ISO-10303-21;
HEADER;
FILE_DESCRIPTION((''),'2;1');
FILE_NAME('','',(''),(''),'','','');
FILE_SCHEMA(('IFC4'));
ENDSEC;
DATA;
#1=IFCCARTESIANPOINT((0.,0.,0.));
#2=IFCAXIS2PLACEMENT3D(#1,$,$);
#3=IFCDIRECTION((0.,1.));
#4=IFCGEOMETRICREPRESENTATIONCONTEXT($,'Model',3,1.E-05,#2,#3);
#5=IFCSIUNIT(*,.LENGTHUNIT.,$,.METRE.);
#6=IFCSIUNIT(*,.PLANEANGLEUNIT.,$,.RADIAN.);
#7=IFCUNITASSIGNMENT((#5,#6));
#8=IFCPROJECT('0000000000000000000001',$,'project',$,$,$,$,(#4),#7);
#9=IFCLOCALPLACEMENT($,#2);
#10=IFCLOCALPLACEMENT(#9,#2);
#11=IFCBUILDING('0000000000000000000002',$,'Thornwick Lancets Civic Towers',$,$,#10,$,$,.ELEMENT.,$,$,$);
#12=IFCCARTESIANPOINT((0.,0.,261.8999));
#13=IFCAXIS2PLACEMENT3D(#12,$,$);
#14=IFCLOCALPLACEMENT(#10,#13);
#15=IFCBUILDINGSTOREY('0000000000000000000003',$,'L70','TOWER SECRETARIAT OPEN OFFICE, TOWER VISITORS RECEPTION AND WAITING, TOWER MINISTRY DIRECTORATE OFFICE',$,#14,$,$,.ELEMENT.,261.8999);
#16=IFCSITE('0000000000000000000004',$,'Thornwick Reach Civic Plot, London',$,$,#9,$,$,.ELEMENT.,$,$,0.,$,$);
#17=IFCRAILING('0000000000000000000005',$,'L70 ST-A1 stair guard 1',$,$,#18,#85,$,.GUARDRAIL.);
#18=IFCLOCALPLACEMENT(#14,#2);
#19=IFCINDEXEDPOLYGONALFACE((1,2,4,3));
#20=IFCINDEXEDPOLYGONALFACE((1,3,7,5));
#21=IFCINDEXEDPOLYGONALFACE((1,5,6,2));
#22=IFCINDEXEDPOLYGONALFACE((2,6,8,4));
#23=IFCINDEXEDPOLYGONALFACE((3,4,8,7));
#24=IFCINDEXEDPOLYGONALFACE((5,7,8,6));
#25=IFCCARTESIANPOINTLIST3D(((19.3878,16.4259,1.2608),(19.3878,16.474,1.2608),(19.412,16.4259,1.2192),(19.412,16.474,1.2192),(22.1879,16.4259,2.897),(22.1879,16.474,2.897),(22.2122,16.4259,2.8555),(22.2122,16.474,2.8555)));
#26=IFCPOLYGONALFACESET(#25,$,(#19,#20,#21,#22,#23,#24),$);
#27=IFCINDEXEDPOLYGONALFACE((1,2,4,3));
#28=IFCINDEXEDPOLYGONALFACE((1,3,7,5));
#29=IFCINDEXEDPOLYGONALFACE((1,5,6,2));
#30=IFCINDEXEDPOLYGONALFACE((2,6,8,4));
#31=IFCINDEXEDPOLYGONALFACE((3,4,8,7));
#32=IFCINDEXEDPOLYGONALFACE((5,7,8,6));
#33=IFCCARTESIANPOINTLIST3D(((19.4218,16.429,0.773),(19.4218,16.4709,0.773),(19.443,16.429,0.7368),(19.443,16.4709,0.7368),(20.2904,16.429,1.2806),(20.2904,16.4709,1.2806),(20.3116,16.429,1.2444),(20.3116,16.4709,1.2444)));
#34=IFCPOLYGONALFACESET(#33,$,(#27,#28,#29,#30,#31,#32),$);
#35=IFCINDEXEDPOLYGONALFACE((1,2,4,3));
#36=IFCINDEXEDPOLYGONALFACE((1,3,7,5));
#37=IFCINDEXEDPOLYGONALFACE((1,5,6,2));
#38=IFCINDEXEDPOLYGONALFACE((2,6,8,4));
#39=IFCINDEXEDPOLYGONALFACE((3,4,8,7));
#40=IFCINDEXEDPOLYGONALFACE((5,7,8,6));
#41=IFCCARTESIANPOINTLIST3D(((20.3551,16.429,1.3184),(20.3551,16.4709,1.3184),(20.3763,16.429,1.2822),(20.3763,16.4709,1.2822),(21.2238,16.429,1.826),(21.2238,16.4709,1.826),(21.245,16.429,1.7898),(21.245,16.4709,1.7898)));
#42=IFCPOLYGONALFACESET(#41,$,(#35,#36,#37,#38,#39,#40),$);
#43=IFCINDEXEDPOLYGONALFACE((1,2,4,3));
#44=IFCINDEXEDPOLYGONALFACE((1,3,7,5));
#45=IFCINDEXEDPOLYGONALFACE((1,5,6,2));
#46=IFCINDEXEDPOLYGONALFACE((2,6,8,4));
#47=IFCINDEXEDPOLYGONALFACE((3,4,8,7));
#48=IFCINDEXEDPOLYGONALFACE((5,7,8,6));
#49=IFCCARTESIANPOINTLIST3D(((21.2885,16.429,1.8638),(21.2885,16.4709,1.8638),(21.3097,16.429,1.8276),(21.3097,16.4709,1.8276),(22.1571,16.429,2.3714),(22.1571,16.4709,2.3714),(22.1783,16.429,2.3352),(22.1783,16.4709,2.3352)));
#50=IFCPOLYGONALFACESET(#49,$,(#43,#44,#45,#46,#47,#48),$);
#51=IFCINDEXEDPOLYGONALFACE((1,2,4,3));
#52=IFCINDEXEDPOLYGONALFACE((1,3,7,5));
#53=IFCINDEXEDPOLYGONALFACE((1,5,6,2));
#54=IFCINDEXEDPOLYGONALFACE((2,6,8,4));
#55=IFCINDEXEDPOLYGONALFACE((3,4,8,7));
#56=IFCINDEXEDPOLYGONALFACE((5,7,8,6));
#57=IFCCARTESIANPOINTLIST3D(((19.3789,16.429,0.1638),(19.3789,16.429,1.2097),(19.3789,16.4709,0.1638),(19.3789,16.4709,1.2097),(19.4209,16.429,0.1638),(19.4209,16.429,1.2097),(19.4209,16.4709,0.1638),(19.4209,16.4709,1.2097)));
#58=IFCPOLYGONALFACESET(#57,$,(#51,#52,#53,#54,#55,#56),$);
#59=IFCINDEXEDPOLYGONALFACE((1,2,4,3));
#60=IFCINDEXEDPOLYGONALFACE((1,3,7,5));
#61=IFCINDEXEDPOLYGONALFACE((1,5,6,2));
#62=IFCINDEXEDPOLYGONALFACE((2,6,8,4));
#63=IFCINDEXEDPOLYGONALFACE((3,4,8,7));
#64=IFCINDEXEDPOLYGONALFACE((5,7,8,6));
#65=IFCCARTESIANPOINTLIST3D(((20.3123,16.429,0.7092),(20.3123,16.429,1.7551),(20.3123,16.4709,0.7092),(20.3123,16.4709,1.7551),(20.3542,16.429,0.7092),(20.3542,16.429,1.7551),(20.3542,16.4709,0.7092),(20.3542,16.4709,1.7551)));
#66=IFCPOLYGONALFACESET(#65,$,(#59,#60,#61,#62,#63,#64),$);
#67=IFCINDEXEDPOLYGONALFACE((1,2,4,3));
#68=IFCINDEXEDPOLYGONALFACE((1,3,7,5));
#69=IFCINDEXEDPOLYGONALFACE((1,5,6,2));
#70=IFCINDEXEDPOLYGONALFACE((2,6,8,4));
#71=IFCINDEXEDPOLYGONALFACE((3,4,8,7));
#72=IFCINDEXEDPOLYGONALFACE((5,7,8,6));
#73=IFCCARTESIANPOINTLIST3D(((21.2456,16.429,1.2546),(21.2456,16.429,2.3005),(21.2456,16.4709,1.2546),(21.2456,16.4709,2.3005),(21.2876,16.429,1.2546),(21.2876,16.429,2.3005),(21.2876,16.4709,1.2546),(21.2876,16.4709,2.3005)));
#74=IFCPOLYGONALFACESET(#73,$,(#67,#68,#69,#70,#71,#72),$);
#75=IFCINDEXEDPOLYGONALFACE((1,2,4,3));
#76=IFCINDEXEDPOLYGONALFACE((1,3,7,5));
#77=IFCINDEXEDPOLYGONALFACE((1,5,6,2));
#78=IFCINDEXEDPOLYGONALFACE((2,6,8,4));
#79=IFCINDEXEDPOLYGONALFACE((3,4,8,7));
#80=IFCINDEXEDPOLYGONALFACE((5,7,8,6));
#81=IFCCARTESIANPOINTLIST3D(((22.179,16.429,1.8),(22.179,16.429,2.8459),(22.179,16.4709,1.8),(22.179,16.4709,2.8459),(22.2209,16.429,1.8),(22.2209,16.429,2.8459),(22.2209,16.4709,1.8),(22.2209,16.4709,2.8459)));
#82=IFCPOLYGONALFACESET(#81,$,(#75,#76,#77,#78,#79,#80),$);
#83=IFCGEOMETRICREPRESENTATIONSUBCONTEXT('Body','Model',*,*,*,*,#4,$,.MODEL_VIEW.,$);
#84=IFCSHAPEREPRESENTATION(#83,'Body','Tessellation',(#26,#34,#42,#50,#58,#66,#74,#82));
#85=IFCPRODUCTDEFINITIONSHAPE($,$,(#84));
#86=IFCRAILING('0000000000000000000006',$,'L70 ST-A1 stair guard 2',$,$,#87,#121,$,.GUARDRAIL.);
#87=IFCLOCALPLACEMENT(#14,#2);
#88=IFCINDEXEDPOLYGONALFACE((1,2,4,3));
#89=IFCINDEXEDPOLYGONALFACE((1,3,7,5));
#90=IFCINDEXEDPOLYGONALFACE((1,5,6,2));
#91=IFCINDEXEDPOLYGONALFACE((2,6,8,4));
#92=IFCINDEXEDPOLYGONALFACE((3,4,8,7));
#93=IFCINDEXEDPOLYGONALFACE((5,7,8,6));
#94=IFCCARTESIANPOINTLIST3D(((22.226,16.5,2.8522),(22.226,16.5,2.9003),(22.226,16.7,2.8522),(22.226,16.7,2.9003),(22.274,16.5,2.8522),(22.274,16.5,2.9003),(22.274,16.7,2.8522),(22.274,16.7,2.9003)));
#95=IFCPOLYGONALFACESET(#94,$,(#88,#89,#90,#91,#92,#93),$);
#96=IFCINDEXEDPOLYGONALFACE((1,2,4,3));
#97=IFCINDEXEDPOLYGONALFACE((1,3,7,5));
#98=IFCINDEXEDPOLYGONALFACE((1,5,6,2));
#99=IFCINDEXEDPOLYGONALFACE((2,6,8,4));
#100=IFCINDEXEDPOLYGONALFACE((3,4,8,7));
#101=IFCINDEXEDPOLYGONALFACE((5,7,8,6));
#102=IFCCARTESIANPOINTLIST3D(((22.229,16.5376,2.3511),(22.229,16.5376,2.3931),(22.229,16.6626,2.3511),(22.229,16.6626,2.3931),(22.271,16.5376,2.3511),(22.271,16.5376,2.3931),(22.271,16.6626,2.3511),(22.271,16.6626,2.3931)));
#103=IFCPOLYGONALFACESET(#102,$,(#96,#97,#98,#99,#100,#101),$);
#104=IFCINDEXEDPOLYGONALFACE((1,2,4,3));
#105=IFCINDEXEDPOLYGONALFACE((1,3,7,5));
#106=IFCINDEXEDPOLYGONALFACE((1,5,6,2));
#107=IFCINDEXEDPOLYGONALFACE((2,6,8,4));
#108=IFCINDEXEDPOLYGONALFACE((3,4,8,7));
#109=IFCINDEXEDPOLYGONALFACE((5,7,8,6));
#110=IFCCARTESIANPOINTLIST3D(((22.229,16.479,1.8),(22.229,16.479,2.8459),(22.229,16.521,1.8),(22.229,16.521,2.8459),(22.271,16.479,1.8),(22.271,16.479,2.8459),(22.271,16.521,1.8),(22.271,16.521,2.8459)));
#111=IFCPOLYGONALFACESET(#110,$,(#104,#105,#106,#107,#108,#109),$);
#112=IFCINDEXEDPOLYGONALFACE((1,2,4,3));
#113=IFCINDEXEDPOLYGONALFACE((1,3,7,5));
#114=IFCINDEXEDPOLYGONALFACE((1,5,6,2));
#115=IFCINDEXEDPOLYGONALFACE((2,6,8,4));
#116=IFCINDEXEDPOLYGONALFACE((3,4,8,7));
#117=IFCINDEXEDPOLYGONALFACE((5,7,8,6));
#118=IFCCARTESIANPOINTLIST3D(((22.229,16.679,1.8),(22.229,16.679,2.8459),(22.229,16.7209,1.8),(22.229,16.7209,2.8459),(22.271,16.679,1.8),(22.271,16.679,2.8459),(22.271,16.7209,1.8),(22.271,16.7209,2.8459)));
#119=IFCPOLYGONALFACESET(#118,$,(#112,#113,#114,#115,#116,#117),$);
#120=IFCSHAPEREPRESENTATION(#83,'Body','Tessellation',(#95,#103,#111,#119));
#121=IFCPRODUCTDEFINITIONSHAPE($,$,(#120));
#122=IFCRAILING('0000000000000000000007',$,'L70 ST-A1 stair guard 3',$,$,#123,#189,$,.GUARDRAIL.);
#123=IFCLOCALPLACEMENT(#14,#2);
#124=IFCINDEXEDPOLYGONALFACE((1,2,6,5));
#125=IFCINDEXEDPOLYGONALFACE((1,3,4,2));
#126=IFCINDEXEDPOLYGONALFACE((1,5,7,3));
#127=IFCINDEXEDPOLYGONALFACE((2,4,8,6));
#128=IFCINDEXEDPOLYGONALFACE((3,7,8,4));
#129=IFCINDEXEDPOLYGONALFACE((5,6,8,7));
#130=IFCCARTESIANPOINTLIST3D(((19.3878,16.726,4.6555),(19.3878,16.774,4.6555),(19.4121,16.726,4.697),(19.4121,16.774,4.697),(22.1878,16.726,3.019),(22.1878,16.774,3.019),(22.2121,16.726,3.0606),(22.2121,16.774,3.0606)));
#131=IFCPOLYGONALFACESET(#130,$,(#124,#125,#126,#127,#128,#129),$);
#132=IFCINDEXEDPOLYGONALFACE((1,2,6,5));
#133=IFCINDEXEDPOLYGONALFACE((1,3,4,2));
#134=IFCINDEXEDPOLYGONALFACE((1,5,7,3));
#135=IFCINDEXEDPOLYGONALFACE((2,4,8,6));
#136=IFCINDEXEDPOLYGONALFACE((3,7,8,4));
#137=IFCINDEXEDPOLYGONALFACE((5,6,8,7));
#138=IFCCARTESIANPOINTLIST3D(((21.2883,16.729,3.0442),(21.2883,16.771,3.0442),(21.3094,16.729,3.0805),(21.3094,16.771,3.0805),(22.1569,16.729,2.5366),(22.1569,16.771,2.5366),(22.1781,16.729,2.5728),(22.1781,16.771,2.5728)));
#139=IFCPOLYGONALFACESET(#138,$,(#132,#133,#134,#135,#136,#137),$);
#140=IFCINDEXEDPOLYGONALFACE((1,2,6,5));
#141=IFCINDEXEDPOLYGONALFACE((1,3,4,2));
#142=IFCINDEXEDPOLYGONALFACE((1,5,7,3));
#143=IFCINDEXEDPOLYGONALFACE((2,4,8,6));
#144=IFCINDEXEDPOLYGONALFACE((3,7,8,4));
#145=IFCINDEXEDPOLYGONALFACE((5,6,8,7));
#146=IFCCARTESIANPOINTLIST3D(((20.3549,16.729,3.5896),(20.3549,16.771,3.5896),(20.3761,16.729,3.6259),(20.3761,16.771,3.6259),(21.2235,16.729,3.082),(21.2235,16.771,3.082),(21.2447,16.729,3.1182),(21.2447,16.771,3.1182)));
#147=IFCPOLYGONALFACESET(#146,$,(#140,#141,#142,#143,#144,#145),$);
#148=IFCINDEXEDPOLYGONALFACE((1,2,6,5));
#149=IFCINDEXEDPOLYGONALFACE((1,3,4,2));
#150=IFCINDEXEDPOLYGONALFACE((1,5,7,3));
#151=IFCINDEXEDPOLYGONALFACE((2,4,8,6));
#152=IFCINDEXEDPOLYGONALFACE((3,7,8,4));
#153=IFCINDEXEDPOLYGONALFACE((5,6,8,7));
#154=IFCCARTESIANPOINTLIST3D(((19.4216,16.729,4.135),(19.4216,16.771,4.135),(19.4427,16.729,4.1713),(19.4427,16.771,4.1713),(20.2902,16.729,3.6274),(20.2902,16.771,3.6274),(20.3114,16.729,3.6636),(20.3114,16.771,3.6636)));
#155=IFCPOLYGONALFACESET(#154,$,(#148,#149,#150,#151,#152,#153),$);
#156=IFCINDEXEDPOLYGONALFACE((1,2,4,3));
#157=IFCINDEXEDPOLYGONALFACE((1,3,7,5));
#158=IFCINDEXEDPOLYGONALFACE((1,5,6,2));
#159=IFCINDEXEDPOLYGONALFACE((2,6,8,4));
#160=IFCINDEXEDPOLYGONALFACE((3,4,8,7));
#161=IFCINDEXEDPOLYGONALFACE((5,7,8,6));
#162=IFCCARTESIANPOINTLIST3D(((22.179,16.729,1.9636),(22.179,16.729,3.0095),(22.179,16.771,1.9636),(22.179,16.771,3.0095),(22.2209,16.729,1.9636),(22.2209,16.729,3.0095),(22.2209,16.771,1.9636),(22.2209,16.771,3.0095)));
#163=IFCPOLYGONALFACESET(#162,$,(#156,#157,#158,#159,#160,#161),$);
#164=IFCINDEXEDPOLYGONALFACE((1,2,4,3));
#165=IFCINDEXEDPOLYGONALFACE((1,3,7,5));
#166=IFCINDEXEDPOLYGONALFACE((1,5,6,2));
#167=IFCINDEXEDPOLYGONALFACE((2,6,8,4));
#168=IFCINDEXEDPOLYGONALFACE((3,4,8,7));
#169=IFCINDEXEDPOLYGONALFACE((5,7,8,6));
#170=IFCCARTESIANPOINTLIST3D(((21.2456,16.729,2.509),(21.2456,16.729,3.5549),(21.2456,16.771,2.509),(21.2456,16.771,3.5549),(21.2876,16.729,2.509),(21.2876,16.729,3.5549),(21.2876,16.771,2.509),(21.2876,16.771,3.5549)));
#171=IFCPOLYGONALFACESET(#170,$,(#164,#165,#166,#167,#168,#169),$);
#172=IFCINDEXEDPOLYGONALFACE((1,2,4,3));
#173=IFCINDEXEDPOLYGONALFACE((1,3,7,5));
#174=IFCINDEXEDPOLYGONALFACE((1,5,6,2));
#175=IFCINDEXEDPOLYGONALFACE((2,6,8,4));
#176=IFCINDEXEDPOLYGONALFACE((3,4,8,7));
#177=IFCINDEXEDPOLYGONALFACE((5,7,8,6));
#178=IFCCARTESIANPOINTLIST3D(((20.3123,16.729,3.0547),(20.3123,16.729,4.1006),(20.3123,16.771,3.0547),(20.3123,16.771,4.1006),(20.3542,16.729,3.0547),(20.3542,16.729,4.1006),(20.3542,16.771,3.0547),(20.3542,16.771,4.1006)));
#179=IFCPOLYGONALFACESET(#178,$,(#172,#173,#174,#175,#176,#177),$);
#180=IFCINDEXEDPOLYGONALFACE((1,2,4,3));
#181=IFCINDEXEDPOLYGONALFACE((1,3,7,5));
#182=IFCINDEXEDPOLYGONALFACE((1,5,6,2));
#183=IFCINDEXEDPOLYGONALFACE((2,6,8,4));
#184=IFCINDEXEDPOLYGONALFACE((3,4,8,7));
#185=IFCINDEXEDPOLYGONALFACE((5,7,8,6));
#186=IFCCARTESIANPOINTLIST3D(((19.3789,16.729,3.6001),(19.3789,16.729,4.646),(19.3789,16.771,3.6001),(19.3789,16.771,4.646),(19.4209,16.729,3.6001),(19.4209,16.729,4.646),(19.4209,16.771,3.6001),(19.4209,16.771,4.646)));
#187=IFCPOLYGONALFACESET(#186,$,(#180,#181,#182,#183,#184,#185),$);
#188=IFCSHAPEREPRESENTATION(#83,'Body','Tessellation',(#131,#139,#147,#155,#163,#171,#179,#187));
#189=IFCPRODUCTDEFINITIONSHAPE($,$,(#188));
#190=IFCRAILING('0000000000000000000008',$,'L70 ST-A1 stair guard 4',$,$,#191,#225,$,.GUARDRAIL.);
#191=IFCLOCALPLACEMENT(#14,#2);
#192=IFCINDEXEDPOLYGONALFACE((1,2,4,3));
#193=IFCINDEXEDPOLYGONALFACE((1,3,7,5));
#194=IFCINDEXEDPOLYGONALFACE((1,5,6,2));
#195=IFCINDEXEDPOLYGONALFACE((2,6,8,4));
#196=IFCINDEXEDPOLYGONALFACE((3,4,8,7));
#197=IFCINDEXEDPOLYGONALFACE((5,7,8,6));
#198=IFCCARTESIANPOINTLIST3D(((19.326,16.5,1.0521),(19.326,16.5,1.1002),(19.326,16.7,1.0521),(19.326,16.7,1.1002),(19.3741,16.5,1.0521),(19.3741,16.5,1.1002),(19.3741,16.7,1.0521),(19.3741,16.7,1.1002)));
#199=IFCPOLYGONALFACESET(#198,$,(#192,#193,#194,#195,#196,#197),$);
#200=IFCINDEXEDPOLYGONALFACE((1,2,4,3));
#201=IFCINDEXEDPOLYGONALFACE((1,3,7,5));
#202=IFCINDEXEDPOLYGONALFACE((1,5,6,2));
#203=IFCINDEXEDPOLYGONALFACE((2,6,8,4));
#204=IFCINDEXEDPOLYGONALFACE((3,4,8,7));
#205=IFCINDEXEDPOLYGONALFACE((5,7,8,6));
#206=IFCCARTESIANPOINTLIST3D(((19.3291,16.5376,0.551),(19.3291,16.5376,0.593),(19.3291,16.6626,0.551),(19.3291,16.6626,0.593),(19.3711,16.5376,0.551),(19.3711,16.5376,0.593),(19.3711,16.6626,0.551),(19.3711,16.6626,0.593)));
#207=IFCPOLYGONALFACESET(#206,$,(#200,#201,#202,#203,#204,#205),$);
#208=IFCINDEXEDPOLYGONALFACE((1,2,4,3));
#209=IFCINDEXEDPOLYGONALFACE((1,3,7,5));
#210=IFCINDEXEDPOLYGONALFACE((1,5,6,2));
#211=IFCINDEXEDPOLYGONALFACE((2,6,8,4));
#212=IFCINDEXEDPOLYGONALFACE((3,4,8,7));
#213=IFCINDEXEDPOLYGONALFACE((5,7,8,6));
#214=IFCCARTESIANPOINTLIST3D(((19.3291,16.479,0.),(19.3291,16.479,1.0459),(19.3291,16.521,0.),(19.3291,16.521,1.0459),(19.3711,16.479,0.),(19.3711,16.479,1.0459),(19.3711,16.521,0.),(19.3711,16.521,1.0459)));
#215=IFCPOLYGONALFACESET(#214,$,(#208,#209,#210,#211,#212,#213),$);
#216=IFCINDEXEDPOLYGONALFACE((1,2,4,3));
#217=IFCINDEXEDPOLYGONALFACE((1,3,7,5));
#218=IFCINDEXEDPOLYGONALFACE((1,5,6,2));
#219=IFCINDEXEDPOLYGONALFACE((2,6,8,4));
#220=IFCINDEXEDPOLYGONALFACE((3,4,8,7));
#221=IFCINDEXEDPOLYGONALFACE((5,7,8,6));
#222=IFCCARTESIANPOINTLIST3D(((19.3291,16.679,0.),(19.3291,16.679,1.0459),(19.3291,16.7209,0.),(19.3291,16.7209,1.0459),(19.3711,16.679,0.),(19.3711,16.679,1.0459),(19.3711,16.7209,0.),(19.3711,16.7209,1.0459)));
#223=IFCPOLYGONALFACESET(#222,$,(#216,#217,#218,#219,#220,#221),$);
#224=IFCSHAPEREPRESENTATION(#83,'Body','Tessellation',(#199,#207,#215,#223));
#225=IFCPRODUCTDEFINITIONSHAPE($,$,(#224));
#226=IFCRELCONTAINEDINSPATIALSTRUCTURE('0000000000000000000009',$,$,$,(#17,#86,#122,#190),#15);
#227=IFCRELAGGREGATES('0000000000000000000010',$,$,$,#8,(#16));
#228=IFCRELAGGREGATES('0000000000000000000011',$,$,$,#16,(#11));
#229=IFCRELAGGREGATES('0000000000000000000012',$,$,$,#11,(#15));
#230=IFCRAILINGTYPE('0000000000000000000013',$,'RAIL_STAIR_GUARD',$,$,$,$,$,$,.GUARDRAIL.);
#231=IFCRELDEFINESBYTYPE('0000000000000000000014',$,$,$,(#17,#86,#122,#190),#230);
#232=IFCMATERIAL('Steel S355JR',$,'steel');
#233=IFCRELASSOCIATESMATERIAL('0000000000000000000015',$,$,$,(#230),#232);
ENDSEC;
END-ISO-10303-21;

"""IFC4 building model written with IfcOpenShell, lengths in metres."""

from ifc_helpers import new_model, si_unit, direction, frame, origin, origin_2d, place, context, subcontext, project, spatial, rectangle, extrude, material, type_object, element, save


model = new_model("IFC4")

# Units and contexts
model_context = context("Model", 3, precision=1e-05, world=origin(), true_north=direction((0.0, 1.0)))
body_context = subcontext(model_context, "Body", "Model", "MODEL_VIEW")
ifc_project = project(units=[si_unit("LENGTHUNIT", "METRE"), si_unit("PLANEANGLEUNIT", "RADIAN")], contexts=[model_context])

# Site, building, storey
site_placement = place(None, origin())
site = spatial("IfcSite", under=ifc_project, at=site_placement, Name="Thornwick Reach Civic Plot, London", CompositionType="ELEMENT", RefElevation=0.0)
building_placement = place(site_placement, origin())
building = spatial("IfcBuilding", under=site, at=building_placement, Name="Thornwick Lancets Civic Towers", CompositionType="ELEMENT")
storey_placement = place(building_placement, frame((0.0, 0.0, 261.8999)))
storey = spatial("IfcBuildingStorey", under=building, at=storey_placement, Name="L70", Description="TOWER SECRETARIAT OPEN OFFICE, TOWER VISITORS RECEPTION AND WAITING, TOWER MINISTRY DIRECTORATE OFFICE", CompositionType="ELEMENT", Elevation=261.8999)

# Shared definitions
ifc_material_1 = material(Name="Steel S355JR", Category="steel")

# Railings
railing_type_1 = type_object("IfcRailingType", Name="RAIL_STAIR_GUARD", PredefinedType="GUARDRAIL", material=ifc_material_1)
railing_1_placement = place(storey_placement, frame((19.3999, 16.45, 0.1638)))
element("IfcRailing", 1, at=railing_1_placement, inside=storey, type_object=railing_type_1, Name="L70 ST-A1 stair guard 1", PredefinedType="GUARDRAIL", context=body_context, shape_type="SweptSolid", body=[
    extrude(rectangle(XDim=0.0481, YDim=0.0481, at=origin_2d()), frame((0.0, 0.0, 1.0762), z_axis=(0.863394, 0.0, 0.504531), x_axis=(0.0, 1.0, 0.0)), (0.0, 0.0, 1.0), 3.2432),
    extrude(rectangle(XDim=0.042, YDim=0.042, at=origin_2d()), frame((0.0325, 0.0, 0.5911), z_axis=(0.863394, 0.0, 0.504531), x_axis=(0.0, 1.0, 0.0)), (0.0, 0.0, 1.0), 1.0061),
    extrude(rectangle(XDim=0.042, YDim=0.042, at=origin_2d()), frame((0.9658, 0.0, 1.1365), z_axis=(0.863394, 0.0, 0.504531), x_axis=(0.0, 1.0, 0.0)), (0.0, 0.0, 1.0), 1.0061),
    extrude(rectangle(XDim=0.042, YDim=0.042, at=origin_2d()), frame((1.8992, 0.0, 1.6819), z_axis=(0.863394, 0.0, 0.504531), x_axis=(0.0, 1.0, 0.0)), (0.0, 0.0, 1.0), 1.0061),
    extrude(rectangle(XDim=0.042, YDim=0.042, at=origin_2d()), origin(), (0.0, 0.0, 1.0), 1.0459),
    extrude(rectangle(XDim=0.042, YDim=0.042, at=origin_2d()), frame((0.9333, 0.0, 0.5454)), (0.0, 0.0, 1.0), 1.0459),
    extrude(rectangle(XDim=0.042, YDim=0.042, at=origin_2d()), frame((1.8667, 0.0, 1.0908)), (0.0, 0.0, 1.0), 1.0459),
    extrude(rectangle(XDim=0.042, YDim=0.042, at=origin_2d()), frame((2.8, 0.0, 1.6362)), (0.0, 0.0, 1.0), 1.0459),
])
railing_2_placement = place(storey_placement, frame((22.25, 16.5, 1.8)))
element("IfcRailing", 2, at=railing_2_placement, inside=storey, type_object=railing_type_1, Name="L70 ST-A1 stair guard 2", PredefinedType="GUARDRAIL", context=body_context, shape_type="SweptSolid", body=[
    extrude(rectangle(XDim=0.0481, YDim=0.0481, at=origin_2d()), frame((0.0, 0.0, 1.0762), z_axis=(0.0, 1.0, 0.0), x_axis=(-1.0, 0.0, 0.0)), (0.0, 0.0, 1.0), 0.2),
    extrude(rectangle(XDim=0.042, YDim=0.042, at=origin_2d()), frame((0.0, 0.0376, 0.572), z_axis=(0.0, 1.0, 0.0), x_axis=(-1.0, 0.0, 0.0)), (0.0, 0.0, 1.0), 0.125),
    extrude(rectangle(XDim=0.042, YDim=0.042, at=origin_2d()), origin(), (0.0, 0.0, 1.0), 1.0459),
    extrude(rectangle(XDim=0.042, YDim=0.042, at=origin_2d()), frame((0.0, 0.2, 0.0)), (0.0, 0.0, 1.0), 1.0459),
])
railing_3_placement = place(storey_placement, frame((22.2, 16.75, 1.9636)))
element("IfcRailing", 3, at=railing_3_placement, inside=storey, type_object=railing_type_1, Name="L70 ST-A1 stair guard 3", PredefinedType="GUARDRAIL", context=body_context, shape_type="SweptSolid", body=[
    extrude(rectangle(XDim=0.0481, YDim=0.0481, at=origin_2d()), frame((0.0, 0.0, 1.0762), z_axis=(-0.863361, 0.0, 0.504587), x_axis=(0.0, -1.0, 0.0)), (0.0, 0.0, 1.0), 3.2432),
    extrude(rectangle(XDim=0.042, YDim=0.042, at=origin_2d()), frame((-0.0325, 0.0, 0.5911), z_axis=(-0.863361, 0.0, 0.504587), x_axis=(0.0, -1.0, 0.0)), (0.0, 0.0, 1.0), 1.0061),
    extrude(rectangle(XDim=0.042, YDim=0.042, at=origin_2d()), frame((-0.9658, 0.0, 1.1365), z_axis=(-0.863361, 0.0, 0.504587), x_axis=(0.0, -1.0, 0.0)), (0.0, 0.0, 1.0), 1.0061),
    extrude(rectangle(XDim=0.042, YDim=0.042, at=origin_2d()), frame((-1.8992, 0.0, 1.6819), z_axis=(-0.863361, 0.0, 0.504587), x_axis=(0.0, -1.0, 0.0)), (0.0, 0.0, 1.0), 1.0061),
    extrude(rectangle(XDim=0.042, YDim=0.042, at=origin_2d()), origin(), (0.0, 0.0, 1.0), 1.0459),
    extrude(rectangle(XDim=0.042, YDim=0.042, at=origin_2d()), frame((-0.9333, 0.0, 0.5454)), (0.0, 0.0, 1.0), 1.0459),
    extrude(rectangle(XDim=0.042, YDim=0.042, at=origin_2d()), frame((-1.8667, 0.0, 1.0911)), (0.0, 0.0, 1.0), 1.0459),
    extrude(rectangle(XDim=0.042, YDim=0.042, at=origin_2d()), frame((-2.8, 0.0, 1.6365)), (0.0, 0.0, 1.0), 1.0459),
])
railing_4_placement = place(storey_placement, frame((19.3501, 16.5, 0.0)))
element("IfcRailing", 4, at=railing_4_placement, inside=storey, type_object=railing_type_1, Name="L70 ST-A1 stair guard 4", PredefinedType="GUARDRAIL", context=body_context, shape_type="SweptSolid", body=[
    extrude(rectangle(XDim=0.0481, YDim=0.0481, at=origin_2d()), frame((0.0, 0.0, 1.0762), z_axis=(0.0, 1.0, 0.0), x_axis=(-1.0, 0.0, 0.0)), (0.0, 0.0, 1.0), 0.2),
    extrude(rectangle(XDim=0.042, YDim=0.042, at=origin_2d()), frame((0.0, 0.0376, 0.572), z_axis=(0.0, 1.0, 0.0), x_axis=(-1.0, 0.0, 0.0)), (0.0, 0.0, 1.0), 0.125),
    extrude(rectangle(XDim=0.042, YDim=0.042, at=origin_2d()), origin(), (0.0, 0.0, 1.0), 1.0459),
    extrude(rectangle(XDim=0.042, YDim=0.042, at=origin_2d()), frame((0.0, 0.2, 0.0)), (0.0, 0.0, 1.0), 1.0459),
])

save(model, "model.ifc")
